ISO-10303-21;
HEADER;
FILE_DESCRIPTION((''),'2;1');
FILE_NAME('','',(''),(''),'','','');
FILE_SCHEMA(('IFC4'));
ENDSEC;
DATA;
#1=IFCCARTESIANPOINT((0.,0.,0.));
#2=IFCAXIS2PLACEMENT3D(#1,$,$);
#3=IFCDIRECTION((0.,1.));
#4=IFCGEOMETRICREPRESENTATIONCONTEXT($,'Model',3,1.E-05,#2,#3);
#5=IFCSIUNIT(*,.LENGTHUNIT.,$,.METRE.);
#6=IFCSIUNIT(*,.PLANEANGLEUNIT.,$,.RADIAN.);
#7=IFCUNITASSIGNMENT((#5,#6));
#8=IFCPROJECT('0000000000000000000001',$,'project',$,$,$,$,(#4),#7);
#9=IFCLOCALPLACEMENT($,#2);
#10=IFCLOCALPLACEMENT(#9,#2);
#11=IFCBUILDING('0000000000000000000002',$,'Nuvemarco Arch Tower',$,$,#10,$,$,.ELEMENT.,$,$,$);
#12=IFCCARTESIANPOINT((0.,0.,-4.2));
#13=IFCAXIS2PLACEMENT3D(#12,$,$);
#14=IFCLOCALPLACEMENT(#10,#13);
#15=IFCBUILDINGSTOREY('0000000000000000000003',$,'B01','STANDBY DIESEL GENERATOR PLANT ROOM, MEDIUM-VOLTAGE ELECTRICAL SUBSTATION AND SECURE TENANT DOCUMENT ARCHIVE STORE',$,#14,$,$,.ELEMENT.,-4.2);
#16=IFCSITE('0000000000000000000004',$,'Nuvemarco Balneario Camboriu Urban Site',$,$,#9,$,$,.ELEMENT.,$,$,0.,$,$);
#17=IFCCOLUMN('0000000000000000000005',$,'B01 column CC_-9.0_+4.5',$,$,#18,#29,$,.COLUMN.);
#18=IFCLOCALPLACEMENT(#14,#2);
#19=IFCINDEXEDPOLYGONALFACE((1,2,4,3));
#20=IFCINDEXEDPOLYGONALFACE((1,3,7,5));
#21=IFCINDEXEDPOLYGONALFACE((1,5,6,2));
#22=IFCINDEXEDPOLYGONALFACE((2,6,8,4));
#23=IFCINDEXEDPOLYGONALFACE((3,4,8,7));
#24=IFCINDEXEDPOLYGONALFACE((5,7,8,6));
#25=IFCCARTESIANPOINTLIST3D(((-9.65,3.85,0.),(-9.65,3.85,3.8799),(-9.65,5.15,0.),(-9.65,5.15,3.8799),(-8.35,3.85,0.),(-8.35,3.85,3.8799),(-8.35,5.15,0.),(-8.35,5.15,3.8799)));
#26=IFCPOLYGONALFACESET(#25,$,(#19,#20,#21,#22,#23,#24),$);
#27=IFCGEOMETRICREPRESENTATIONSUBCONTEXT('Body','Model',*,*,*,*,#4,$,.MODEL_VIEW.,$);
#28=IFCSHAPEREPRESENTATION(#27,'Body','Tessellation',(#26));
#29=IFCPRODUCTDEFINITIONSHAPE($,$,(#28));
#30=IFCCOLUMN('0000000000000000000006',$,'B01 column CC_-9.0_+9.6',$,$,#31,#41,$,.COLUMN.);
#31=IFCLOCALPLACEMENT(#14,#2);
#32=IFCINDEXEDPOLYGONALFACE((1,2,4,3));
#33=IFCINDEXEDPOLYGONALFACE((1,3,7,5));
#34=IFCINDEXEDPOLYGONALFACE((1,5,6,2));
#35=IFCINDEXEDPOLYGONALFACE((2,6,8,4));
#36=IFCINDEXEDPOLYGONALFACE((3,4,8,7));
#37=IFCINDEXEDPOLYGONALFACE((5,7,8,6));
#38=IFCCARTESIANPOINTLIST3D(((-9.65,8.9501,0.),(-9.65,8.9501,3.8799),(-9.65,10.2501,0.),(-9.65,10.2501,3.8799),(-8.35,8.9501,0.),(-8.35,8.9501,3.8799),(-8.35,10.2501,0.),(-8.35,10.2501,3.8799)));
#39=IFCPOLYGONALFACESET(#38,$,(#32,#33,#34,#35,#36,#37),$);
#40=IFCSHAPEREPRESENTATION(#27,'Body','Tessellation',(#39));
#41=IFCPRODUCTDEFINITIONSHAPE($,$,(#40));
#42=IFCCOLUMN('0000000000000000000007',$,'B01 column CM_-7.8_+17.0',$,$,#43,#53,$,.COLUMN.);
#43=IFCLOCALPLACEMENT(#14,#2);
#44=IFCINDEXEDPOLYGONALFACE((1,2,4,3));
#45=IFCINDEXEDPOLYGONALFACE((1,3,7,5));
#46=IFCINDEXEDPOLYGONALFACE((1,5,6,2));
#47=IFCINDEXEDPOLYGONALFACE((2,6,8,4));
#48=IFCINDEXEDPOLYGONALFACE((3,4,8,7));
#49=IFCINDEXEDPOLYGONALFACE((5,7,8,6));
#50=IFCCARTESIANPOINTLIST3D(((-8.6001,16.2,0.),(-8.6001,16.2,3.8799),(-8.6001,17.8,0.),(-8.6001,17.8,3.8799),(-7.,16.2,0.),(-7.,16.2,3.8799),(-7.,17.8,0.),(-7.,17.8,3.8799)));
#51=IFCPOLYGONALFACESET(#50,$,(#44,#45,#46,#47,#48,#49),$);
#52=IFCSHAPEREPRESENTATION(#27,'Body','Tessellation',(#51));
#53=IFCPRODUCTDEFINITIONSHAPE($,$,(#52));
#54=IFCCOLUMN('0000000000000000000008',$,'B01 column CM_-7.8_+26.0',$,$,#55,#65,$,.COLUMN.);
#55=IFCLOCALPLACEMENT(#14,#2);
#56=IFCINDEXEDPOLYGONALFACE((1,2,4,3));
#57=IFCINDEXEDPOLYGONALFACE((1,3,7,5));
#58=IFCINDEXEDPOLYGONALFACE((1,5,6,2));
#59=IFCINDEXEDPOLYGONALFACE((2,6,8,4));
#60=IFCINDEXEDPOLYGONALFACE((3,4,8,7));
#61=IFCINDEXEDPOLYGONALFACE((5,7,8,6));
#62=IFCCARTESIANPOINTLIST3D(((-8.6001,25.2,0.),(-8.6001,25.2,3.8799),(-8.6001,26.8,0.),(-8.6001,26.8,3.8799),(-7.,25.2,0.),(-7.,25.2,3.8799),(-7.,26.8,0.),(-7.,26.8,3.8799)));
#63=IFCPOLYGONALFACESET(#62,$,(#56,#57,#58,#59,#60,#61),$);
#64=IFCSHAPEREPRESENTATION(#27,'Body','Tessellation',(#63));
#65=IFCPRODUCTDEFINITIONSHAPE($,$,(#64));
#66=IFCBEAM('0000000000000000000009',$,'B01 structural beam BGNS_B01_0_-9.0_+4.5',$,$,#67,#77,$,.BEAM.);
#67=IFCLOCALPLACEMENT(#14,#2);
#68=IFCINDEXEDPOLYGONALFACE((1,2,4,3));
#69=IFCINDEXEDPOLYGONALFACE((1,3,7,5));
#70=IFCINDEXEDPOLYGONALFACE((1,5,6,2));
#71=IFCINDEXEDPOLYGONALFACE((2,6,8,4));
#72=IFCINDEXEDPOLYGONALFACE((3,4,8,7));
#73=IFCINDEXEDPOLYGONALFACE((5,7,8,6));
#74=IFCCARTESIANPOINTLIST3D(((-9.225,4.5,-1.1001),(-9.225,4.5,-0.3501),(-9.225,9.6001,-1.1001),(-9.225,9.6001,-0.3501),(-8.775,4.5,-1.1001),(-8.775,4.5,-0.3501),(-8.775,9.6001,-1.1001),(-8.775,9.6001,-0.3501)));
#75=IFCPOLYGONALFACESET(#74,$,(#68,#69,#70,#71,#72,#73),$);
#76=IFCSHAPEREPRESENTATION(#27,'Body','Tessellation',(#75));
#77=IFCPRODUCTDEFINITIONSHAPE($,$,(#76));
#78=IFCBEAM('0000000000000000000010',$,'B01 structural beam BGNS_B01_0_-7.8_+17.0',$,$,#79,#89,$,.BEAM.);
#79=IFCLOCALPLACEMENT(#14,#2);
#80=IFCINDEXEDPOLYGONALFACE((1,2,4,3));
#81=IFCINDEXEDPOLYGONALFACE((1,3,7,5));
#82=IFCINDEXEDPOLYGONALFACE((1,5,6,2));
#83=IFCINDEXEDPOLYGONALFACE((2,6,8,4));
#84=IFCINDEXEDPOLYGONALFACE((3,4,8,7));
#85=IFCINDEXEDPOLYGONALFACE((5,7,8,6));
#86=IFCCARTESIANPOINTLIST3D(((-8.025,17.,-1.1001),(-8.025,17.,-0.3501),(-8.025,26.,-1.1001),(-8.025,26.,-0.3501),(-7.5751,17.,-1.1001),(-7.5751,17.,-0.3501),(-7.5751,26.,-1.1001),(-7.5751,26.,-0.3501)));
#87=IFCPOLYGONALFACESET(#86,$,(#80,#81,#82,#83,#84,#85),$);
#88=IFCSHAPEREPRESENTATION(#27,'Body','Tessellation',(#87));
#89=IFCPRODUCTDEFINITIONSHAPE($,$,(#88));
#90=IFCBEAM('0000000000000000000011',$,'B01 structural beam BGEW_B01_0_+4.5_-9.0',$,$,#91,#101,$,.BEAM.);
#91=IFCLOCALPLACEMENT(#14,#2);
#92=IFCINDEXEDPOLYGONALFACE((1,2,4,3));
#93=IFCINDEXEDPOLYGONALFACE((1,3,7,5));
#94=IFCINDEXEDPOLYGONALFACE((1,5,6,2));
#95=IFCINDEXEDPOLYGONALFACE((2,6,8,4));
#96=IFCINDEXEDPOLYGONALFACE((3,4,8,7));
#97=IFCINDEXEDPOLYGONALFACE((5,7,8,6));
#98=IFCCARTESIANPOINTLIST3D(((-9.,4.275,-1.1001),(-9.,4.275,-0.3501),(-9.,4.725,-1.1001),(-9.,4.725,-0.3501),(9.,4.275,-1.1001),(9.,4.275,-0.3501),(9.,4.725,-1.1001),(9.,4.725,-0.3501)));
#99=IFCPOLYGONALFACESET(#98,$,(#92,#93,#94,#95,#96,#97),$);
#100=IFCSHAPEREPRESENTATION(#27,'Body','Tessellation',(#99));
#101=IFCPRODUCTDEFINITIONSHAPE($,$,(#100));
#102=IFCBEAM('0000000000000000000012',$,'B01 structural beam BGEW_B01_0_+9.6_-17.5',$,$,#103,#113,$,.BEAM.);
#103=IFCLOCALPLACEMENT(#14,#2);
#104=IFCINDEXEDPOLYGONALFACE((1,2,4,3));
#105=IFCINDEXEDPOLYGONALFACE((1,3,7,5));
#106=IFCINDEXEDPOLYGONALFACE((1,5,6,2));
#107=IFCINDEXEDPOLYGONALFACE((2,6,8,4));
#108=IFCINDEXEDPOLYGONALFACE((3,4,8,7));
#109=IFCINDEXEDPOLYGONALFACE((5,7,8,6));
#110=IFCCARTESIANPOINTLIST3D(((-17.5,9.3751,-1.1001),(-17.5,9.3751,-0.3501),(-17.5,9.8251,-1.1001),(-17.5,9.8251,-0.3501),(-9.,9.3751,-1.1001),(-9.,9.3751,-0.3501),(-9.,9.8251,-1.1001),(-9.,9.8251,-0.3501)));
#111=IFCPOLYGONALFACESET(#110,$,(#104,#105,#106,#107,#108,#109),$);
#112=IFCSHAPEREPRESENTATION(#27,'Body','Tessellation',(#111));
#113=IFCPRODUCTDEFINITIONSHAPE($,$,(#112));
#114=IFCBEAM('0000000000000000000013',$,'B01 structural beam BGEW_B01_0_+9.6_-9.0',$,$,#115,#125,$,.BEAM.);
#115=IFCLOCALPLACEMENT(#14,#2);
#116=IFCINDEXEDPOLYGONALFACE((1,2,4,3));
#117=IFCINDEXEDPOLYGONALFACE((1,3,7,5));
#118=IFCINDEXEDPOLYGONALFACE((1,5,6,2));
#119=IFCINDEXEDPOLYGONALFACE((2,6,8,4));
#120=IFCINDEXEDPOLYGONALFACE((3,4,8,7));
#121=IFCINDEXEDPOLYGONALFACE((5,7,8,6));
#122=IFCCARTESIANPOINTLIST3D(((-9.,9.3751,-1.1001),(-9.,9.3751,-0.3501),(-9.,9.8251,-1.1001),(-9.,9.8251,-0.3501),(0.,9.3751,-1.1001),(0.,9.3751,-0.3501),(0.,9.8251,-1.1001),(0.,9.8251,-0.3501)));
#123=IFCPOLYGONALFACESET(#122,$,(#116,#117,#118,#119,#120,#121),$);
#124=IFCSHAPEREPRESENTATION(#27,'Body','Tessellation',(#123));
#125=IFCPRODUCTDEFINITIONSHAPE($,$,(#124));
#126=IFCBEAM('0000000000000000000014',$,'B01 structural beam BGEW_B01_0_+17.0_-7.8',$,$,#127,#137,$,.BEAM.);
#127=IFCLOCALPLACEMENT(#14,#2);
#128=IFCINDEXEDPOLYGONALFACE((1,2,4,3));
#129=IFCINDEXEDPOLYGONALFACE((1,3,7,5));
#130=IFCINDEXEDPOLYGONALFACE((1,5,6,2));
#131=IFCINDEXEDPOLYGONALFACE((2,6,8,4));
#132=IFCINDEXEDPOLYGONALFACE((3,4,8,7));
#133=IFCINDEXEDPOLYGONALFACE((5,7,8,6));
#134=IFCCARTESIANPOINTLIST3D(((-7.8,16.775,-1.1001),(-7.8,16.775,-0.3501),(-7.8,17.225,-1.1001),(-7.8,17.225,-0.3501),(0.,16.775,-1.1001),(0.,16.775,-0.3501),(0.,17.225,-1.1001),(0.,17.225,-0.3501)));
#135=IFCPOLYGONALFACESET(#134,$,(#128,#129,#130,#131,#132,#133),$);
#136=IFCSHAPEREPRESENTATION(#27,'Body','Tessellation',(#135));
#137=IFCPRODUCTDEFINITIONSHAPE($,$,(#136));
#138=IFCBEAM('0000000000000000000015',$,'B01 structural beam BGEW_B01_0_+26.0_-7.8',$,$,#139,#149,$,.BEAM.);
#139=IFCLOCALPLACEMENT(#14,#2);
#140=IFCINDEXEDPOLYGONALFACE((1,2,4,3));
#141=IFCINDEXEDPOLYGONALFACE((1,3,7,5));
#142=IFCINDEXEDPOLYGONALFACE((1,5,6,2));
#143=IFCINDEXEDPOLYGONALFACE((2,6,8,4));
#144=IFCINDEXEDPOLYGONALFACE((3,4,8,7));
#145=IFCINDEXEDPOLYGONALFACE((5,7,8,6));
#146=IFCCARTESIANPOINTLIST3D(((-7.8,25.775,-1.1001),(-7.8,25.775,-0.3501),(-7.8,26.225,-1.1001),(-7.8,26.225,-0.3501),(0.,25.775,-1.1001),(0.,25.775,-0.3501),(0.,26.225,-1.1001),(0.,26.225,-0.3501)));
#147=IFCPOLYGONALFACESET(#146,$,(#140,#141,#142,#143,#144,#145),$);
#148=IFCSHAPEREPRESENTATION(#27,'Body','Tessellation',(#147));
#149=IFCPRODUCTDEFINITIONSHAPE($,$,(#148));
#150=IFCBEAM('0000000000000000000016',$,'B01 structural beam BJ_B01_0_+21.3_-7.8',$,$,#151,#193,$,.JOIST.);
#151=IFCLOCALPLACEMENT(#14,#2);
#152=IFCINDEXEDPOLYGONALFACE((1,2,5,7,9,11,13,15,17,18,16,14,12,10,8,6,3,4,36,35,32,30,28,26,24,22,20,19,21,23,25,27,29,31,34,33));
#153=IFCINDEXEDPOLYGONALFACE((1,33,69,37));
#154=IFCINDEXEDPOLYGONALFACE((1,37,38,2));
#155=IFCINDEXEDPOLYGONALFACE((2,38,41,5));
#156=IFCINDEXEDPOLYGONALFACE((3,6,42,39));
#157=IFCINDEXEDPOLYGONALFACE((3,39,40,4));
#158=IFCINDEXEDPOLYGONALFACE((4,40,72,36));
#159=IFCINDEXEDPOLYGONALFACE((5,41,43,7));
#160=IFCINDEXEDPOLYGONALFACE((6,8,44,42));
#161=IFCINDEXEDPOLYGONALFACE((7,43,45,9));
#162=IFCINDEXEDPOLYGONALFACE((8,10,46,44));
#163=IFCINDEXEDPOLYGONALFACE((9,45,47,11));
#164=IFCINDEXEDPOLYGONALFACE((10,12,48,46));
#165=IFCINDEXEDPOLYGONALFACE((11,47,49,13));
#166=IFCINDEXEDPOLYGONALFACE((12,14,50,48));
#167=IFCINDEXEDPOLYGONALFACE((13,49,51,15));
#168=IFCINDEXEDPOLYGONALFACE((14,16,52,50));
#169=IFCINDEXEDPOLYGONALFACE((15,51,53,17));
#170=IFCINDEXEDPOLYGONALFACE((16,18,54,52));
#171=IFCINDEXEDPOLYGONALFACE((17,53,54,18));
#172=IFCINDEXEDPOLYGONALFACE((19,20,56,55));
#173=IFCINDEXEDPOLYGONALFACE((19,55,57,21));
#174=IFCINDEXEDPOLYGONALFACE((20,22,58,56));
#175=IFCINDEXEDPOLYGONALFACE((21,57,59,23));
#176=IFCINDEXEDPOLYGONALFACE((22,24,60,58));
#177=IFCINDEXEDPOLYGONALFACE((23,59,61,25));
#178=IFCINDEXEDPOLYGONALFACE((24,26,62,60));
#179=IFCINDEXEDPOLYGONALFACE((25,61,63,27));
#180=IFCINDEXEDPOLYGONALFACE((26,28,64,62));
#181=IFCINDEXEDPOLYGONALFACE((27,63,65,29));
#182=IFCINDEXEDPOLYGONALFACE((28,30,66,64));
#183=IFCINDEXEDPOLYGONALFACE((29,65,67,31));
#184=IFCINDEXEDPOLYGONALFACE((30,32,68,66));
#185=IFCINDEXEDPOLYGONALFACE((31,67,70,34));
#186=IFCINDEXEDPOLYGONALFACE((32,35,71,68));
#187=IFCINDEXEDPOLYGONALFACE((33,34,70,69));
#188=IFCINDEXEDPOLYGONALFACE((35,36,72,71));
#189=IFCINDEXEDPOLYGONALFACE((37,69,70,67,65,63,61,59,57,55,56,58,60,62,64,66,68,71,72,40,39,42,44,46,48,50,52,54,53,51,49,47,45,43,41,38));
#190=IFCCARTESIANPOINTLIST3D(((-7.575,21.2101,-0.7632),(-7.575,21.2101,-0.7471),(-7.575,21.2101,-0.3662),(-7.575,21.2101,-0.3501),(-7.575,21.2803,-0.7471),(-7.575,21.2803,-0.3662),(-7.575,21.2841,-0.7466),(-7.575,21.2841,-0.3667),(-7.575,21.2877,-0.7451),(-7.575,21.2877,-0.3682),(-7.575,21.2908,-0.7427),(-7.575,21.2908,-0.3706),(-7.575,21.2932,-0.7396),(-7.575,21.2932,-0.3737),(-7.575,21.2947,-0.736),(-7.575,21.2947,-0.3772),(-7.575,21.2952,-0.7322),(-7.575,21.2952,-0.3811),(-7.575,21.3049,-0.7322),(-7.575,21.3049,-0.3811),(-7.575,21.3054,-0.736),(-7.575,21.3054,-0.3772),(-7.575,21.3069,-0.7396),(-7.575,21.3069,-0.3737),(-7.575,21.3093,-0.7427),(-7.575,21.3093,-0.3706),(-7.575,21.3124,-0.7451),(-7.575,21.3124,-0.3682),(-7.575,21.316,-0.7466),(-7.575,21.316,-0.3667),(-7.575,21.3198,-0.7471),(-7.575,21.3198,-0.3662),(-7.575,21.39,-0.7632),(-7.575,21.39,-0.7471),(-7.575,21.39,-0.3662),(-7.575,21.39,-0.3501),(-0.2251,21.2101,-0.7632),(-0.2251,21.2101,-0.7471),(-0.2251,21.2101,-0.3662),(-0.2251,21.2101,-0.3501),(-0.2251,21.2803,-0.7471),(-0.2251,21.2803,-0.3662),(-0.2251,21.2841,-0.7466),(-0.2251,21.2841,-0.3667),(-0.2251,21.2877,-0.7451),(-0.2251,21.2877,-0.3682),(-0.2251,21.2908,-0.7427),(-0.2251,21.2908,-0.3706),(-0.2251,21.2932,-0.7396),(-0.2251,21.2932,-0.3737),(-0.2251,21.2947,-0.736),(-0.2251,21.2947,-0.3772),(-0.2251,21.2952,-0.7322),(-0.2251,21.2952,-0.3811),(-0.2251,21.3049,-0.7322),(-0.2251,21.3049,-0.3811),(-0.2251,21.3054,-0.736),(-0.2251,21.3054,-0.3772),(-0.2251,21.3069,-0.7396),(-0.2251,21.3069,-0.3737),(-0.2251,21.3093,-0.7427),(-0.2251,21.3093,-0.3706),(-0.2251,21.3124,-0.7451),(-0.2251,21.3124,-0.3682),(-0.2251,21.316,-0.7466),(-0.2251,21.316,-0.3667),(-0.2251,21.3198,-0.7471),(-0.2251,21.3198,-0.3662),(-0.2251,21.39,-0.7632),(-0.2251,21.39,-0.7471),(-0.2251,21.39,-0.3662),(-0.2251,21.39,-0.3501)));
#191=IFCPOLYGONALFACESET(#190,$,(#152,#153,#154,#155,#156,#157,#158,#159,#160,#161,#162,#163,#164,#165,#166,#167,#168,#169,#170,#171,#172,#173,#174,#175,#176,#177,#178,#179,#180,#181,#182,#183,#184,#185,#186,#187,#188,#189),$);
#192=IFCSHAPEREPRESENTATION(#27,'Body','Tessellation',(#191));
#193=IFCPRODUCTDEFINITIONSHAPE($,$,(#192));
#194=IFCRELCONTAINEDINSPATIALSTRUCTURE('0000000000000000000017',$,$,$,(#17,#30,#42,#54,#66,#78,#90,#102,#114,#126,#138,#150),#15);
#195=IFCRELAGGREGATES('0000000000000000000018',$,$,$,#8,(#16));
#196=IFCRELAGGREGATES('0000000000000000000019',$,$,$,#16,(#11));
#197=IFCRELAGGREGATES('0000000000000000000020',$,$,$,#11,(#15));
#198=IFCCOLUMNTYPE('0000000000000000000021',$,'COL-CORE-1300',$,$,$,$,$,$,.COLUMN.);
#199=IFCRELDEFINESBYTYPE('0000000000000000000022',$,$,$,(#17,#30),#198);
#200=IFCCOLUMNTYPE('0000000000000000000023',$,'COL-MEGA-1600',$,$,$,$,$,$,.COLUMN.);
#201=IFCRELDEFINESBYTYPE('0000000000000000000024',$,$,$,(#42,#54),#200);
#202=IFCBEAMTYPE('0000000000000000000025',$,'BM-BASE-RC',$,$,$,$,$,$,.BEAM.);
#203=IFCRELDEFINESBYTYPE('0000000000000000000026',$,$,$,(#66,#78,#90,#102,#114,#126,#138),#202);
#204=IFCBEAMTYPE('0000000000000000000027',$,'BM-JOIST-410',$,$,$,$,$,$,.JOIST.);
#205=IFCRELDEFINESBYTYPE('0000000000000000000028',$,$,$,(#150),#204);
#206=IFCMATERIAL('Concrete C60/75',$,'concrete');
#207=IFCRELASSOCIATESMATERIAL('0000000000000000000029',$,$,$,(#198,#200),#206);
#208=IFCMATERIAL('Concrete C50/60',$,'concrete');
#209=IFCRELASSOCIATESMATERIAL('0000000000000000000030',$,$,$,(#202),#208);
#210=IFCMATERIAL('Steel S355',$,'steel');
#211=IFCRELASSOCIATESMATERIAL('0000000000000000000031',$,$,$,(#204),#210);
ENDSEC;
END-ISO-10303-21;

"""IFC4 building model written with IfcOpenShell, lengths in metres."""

from ifc_helpers import new_model, si_unit, direction, frame, origin, origin_2d, place, context, subcontext, project, spatial, rectangle, i_section, extrude, material, material_profile, profile_set, type_object, element, save


model = new_model("IFC4")

# Units and contexts
model_context = context("Model", 3, precision=1e-05, world=origin(), true_north=direction((0.0, 1.0)))
body_context = subcontext(model_context, "Body", "Model", "MODEL_VIEW")
ifc_project = project(units=[si_unit("LENGTHUNIT", "METRE"), si_unit("PLANEANGLEUNIT", "RADIAN")], contexts=[model_context])

# Site, building, storey
site_placement = place(None, origin())
site = spatial("IfcSite", under=ifc_project, at=site_placement, Name="Nuvemarco Balneario Camboriu Urban Site", CompositionType="ELEMENT", RefElevation=0.0)
building_placement = place(site_placement, origin())
building = spatial("IfcBuilding", under=site, at=building_placement, Name="Nuvemarco Arch Tower", CompositionType="ELEMENT")
storey_placement = place(building_placement, frame((0.0, 0.0, -4.2)))
storey = spatial("IfcBuildingStorey", under=building, at=storey_placement, Name="B01", Description="STANDBY DIESEL GENERATOR PLANT ROOM, MEDIUM-VOLTAGE ELECTRICAL SUBSTATION AND SECURE TENANT DOCUMENT ARCHIVE STORE", CompositionType="ELEMENT", Elevation=-4.2)

# Columns
ifc_material_1 = material(Name="Concrete C60/75", Category="concrete")
ifc_material_profile_1 = material_profile(ifc_material_1, rectangle(XDim=1.3, YDim=1.3, at=origin_2d()), Name="RC-COL-1300x1300")
ifc_profile_set_1 = profile_set([ifc_material_profile_1], Name="Concrete C60/75")
column_type_1 = type_object("IfcColumnType", Name="COL-CORE-1300", PredefinedType="COLUMN", material=ifc_profile_set_1)
for number, where, z_axis, x_axis, name in (
    (1, (-9.0, 4.5, 0.0), (0.0, 0.0, 1.0), (1.0, 0.0, 0.0), "B01 column CC_-9.0_+4.5"),
    (2, (-9.0, 9.6001, 0.0), (0.0, 0.0, 1.0), (1.0, 0.0, 0.0), "B01 column CC_-9.0_+9.6"),
):
    element("IfcColumn", number, at=place(storey_placement, frame(where, z_axis=z_axis, x_axis=x_axis)), inside=storey, type_object=column_type_1, Name=name, PredefinedType="COLUMN", context=body_context, shape_type="SweptSolid", body=[
        extrude(rectangle(XDim=1.3, YDim=1.3, at=origin_2d()), origin(), (0.0, 0.0, 1.0), 3.8799),
    ])
ifc_material_profile_2 = material_profile(ifc_material_1, rectangle(XDim=1.6001, YDim=1.6001, at=origin_2d()), Name="RC-COL-1600x1600")
ifc_profile_set_2 = profile_set([ifc_material_profile_2], Name="Concrete C60/75")
column_type_2 = type_object("IfcColumnType", Name="COL-MEGA-1600", PredefinedType="COLUMN", material=ifc_profile_set_2)
for number, where, z_axis, x_axis, name in (
    (3, (-7.8, 17.0, 0.0), (0.0, 0.0, 1.0), (1.0, 0.0, 0.0), "B01 column CM_-7.8_+17.0"),
    (4, (-7.8, 26.0, 0.0), (0.0, 0.0, 1.0), (1.0, 0.0, 0.0), "B01 column CM_-7.8_+26.0"),
):
    element("IfcColumn", number, at=place(storey_placement, frame(where, z_axis=z_axis, x_axis=x_axis)), inside=storey, type_object=column_type_2, Name=name, PredefinedType="COLUMN", context=body_context, shape_type="SweptSolid", body=[
        extrude(rectangle(XDim=1.6001, YDim=1.6001, at=origin_2d()), origin(), (0.0, 0.0, 1.0), 3.8799),
    ])

# Beams
ifc_material_2 = material(Name="Concrete C50/60", Category="concrete")
ifc_material_profile_3 = material_profile(ifc_material_2, rectangle(XDim=0.45, YDim=0.75, at=origin_2d()), Name="RC-BM-450x750")
ifc_profile_set_3 = profile_set([ifc_material_profile_3], Name="Concrete C50/60")
beam_type_1 = type_object("IfcBeamType", Name="BM-BASE-RC", PredefinedType="BEAM", material=ifc_profile_set_3)
beam_1_placement = place(storey_placement, frame((-9.0, 4.5, -0.7251), z_axis=(0.0, 1.0, 0.0), x_axis=(-1.0, 0.0, 0.0)))
element("IfcBeam", 5, at=beam_1_placement, inside=storey, type_object=beam_type_1, Name="B01 structural beam BGNS_B01_0_-9.0_+4.5", PredefinedType="BEAM", context=body_context, shape_type="SweptSolid", body=[
    extrude(rectangle(XDim=0.45, YDim=0.75, at=origin_2d()), origin(), (0.0, 0.0, 1.0), 5.1001),
])
beam_2_placement = place(storey_placement, frame((-7.8, 17.0, -0.7251), z_axis=(0.0, 1.0, 0.0), x_axis=(-1.0, 0.0, 0.0)))
element("IfcBeam", 6, at=beam_2_placement, inside=storey, type_object=beam_type_1, Name="B01 structural beam BGNS_B01_0_-7.8_+17.0", PredefinedType="BEAM", context=body_context, shape_type="SweptSolid", body=[
    extrude(rectangle(XDim=0.45, YDim=0.75, at=origin_2d()), origin(), (0.0, 0.0, 1.0), 9.0),
])
beam_3_placement = place(storey_placement, frame((-9.0, 4.5, -0.7251), z_axis=(1.0, 0.0, 0.0), x_axis=(0.0, 1.0, 0.0)))
element("IfcBeam", 7, at=beam_3_placement, inside=storey, type_object=beam_type_1, Name="B01 structural beam BGEW_B01_0_+4.5_-9.0", PredefinedType="BEAM", context=body_context, shape_type="SweptSolid", body=[
    extrude(rectangle(XDim=0.45, YDim=0.75, at=origin_2d()), origin(), (0.0, 0.0, 1.0), 18.0),
])
beam_4_placement = place(storey_placement, frame((-17.5, 9.6001, -0.7251), z_axis=(1.0, 0.0, 0.0), x_axis=(0.0, 1.0, 0.0)))
element("IfcBeam", 8, at=beam_4_placement, inside=storey, type_object=beam_type_1, Name="B01 structural beam BGEW_B01_0_+9.6_-17.5", PredefinedType="BEAM", context=body_context, shape_type="SweptSolid", body=[
    extrude(rectangle(XDim=0.45, YDim=0.75, at=origin_2d()), origin(), (0.0, 0.0, 1.0), 8.5),
])
beam_5_placement = place(storey_placement, frame((-9.0, 9.6001, -0.7251), z_axis=(1.0, 0.0, 0.0), x_axis=(0.0, 1.0, 0.0)))
element("IfcBeam", 9, at=beam_5_placement, inside=storey, type_object=beam_type_1, Name="B01 structural beam BGEW_B01_0_+9.6_-9.0", PredefinedType="BEAM", context=body_context, shape_type="SweptSolid", body=[
    extrude(rectangle(XDim=0.45, YDim=0.75, at=origin_2d()), origin(), (0.0, 0.0, 1.0), 9.0),
])
for number, where, z_axis, x_axis, name in (
    (10, (-7.8, 17.0, -0.7251), (1.0, 0.0, 0.0), (0.0, 1.0, 0.0), "B01 structural beam BGEW_B01_0_+17.0_-7.8"),
    (11, (-7.8, 26.0, -0.7251), (1.0, 0.0, 0.0), (0.0, 1.0, 0.0), "B01 structural beam BGEW_B01_0_+26.0_-7.8"),
):
    element("IfcBeam", number, at=place(storey_placement, frame(where, z_axis=z_axis, x_axis=x_axis)), inside=storey, type_object=beam_type_1, Name=name, PredefinedType="BEAM", context=body_context, shape_type="SweptSolid", body=[
        extrude(rectangle(XDim=0.45, YDim=0.75, at=origin_2d()), origin(), (0.0, 0.0, 1.0), 7.8),
    ])
ifc_material_3 = material(Name="Steel S355", Category="steel")
ifc_material_profile_4 = material_profile(ifc_material_3, i_section(OverallWidth=0.1799, OverallDepth=0.4131, WebThickness=0.0098, FlangeThickness=0.0161, FilletRadius=0.0149, at=origin_2d()), Name="W410x75")
ifc_profile_set_4 = profile_set([ifc_material_profile_4], Name="Steel S355")
beam_type_2 = type_object("IfcBeamType", Name="BM-JOIST-410", PredefinedType="JOIST", material=ifc_profile_set_4)
beam_6_placement = place(storey_placement, frame((-7.575, 21.3, -0.5566), z_axis=(1.0, 0.0, 0.0), x_axis=(0.0, 1.0, 0.0)))
element("IfcBeam", 12, at=beam_6_placement, inside=storey, type_object=beam_type_2, Name="B01 structural beam BJ_B01_0_+21.3_-7.8", PredefinedType="JOIST", context=body_context, shape_type="SweptSolid", body=[
    extrude(i_section(OverallWidth=0.1799, OverallDepth=0.4131, WebThickness=0.0098, FlangeThickness=0.0161, FilletRadius=0.0149, at=origin_2d()), origin(), (0.0, 0.0, 1.0), 7.3499),
])

save(model, "model.ifc")
